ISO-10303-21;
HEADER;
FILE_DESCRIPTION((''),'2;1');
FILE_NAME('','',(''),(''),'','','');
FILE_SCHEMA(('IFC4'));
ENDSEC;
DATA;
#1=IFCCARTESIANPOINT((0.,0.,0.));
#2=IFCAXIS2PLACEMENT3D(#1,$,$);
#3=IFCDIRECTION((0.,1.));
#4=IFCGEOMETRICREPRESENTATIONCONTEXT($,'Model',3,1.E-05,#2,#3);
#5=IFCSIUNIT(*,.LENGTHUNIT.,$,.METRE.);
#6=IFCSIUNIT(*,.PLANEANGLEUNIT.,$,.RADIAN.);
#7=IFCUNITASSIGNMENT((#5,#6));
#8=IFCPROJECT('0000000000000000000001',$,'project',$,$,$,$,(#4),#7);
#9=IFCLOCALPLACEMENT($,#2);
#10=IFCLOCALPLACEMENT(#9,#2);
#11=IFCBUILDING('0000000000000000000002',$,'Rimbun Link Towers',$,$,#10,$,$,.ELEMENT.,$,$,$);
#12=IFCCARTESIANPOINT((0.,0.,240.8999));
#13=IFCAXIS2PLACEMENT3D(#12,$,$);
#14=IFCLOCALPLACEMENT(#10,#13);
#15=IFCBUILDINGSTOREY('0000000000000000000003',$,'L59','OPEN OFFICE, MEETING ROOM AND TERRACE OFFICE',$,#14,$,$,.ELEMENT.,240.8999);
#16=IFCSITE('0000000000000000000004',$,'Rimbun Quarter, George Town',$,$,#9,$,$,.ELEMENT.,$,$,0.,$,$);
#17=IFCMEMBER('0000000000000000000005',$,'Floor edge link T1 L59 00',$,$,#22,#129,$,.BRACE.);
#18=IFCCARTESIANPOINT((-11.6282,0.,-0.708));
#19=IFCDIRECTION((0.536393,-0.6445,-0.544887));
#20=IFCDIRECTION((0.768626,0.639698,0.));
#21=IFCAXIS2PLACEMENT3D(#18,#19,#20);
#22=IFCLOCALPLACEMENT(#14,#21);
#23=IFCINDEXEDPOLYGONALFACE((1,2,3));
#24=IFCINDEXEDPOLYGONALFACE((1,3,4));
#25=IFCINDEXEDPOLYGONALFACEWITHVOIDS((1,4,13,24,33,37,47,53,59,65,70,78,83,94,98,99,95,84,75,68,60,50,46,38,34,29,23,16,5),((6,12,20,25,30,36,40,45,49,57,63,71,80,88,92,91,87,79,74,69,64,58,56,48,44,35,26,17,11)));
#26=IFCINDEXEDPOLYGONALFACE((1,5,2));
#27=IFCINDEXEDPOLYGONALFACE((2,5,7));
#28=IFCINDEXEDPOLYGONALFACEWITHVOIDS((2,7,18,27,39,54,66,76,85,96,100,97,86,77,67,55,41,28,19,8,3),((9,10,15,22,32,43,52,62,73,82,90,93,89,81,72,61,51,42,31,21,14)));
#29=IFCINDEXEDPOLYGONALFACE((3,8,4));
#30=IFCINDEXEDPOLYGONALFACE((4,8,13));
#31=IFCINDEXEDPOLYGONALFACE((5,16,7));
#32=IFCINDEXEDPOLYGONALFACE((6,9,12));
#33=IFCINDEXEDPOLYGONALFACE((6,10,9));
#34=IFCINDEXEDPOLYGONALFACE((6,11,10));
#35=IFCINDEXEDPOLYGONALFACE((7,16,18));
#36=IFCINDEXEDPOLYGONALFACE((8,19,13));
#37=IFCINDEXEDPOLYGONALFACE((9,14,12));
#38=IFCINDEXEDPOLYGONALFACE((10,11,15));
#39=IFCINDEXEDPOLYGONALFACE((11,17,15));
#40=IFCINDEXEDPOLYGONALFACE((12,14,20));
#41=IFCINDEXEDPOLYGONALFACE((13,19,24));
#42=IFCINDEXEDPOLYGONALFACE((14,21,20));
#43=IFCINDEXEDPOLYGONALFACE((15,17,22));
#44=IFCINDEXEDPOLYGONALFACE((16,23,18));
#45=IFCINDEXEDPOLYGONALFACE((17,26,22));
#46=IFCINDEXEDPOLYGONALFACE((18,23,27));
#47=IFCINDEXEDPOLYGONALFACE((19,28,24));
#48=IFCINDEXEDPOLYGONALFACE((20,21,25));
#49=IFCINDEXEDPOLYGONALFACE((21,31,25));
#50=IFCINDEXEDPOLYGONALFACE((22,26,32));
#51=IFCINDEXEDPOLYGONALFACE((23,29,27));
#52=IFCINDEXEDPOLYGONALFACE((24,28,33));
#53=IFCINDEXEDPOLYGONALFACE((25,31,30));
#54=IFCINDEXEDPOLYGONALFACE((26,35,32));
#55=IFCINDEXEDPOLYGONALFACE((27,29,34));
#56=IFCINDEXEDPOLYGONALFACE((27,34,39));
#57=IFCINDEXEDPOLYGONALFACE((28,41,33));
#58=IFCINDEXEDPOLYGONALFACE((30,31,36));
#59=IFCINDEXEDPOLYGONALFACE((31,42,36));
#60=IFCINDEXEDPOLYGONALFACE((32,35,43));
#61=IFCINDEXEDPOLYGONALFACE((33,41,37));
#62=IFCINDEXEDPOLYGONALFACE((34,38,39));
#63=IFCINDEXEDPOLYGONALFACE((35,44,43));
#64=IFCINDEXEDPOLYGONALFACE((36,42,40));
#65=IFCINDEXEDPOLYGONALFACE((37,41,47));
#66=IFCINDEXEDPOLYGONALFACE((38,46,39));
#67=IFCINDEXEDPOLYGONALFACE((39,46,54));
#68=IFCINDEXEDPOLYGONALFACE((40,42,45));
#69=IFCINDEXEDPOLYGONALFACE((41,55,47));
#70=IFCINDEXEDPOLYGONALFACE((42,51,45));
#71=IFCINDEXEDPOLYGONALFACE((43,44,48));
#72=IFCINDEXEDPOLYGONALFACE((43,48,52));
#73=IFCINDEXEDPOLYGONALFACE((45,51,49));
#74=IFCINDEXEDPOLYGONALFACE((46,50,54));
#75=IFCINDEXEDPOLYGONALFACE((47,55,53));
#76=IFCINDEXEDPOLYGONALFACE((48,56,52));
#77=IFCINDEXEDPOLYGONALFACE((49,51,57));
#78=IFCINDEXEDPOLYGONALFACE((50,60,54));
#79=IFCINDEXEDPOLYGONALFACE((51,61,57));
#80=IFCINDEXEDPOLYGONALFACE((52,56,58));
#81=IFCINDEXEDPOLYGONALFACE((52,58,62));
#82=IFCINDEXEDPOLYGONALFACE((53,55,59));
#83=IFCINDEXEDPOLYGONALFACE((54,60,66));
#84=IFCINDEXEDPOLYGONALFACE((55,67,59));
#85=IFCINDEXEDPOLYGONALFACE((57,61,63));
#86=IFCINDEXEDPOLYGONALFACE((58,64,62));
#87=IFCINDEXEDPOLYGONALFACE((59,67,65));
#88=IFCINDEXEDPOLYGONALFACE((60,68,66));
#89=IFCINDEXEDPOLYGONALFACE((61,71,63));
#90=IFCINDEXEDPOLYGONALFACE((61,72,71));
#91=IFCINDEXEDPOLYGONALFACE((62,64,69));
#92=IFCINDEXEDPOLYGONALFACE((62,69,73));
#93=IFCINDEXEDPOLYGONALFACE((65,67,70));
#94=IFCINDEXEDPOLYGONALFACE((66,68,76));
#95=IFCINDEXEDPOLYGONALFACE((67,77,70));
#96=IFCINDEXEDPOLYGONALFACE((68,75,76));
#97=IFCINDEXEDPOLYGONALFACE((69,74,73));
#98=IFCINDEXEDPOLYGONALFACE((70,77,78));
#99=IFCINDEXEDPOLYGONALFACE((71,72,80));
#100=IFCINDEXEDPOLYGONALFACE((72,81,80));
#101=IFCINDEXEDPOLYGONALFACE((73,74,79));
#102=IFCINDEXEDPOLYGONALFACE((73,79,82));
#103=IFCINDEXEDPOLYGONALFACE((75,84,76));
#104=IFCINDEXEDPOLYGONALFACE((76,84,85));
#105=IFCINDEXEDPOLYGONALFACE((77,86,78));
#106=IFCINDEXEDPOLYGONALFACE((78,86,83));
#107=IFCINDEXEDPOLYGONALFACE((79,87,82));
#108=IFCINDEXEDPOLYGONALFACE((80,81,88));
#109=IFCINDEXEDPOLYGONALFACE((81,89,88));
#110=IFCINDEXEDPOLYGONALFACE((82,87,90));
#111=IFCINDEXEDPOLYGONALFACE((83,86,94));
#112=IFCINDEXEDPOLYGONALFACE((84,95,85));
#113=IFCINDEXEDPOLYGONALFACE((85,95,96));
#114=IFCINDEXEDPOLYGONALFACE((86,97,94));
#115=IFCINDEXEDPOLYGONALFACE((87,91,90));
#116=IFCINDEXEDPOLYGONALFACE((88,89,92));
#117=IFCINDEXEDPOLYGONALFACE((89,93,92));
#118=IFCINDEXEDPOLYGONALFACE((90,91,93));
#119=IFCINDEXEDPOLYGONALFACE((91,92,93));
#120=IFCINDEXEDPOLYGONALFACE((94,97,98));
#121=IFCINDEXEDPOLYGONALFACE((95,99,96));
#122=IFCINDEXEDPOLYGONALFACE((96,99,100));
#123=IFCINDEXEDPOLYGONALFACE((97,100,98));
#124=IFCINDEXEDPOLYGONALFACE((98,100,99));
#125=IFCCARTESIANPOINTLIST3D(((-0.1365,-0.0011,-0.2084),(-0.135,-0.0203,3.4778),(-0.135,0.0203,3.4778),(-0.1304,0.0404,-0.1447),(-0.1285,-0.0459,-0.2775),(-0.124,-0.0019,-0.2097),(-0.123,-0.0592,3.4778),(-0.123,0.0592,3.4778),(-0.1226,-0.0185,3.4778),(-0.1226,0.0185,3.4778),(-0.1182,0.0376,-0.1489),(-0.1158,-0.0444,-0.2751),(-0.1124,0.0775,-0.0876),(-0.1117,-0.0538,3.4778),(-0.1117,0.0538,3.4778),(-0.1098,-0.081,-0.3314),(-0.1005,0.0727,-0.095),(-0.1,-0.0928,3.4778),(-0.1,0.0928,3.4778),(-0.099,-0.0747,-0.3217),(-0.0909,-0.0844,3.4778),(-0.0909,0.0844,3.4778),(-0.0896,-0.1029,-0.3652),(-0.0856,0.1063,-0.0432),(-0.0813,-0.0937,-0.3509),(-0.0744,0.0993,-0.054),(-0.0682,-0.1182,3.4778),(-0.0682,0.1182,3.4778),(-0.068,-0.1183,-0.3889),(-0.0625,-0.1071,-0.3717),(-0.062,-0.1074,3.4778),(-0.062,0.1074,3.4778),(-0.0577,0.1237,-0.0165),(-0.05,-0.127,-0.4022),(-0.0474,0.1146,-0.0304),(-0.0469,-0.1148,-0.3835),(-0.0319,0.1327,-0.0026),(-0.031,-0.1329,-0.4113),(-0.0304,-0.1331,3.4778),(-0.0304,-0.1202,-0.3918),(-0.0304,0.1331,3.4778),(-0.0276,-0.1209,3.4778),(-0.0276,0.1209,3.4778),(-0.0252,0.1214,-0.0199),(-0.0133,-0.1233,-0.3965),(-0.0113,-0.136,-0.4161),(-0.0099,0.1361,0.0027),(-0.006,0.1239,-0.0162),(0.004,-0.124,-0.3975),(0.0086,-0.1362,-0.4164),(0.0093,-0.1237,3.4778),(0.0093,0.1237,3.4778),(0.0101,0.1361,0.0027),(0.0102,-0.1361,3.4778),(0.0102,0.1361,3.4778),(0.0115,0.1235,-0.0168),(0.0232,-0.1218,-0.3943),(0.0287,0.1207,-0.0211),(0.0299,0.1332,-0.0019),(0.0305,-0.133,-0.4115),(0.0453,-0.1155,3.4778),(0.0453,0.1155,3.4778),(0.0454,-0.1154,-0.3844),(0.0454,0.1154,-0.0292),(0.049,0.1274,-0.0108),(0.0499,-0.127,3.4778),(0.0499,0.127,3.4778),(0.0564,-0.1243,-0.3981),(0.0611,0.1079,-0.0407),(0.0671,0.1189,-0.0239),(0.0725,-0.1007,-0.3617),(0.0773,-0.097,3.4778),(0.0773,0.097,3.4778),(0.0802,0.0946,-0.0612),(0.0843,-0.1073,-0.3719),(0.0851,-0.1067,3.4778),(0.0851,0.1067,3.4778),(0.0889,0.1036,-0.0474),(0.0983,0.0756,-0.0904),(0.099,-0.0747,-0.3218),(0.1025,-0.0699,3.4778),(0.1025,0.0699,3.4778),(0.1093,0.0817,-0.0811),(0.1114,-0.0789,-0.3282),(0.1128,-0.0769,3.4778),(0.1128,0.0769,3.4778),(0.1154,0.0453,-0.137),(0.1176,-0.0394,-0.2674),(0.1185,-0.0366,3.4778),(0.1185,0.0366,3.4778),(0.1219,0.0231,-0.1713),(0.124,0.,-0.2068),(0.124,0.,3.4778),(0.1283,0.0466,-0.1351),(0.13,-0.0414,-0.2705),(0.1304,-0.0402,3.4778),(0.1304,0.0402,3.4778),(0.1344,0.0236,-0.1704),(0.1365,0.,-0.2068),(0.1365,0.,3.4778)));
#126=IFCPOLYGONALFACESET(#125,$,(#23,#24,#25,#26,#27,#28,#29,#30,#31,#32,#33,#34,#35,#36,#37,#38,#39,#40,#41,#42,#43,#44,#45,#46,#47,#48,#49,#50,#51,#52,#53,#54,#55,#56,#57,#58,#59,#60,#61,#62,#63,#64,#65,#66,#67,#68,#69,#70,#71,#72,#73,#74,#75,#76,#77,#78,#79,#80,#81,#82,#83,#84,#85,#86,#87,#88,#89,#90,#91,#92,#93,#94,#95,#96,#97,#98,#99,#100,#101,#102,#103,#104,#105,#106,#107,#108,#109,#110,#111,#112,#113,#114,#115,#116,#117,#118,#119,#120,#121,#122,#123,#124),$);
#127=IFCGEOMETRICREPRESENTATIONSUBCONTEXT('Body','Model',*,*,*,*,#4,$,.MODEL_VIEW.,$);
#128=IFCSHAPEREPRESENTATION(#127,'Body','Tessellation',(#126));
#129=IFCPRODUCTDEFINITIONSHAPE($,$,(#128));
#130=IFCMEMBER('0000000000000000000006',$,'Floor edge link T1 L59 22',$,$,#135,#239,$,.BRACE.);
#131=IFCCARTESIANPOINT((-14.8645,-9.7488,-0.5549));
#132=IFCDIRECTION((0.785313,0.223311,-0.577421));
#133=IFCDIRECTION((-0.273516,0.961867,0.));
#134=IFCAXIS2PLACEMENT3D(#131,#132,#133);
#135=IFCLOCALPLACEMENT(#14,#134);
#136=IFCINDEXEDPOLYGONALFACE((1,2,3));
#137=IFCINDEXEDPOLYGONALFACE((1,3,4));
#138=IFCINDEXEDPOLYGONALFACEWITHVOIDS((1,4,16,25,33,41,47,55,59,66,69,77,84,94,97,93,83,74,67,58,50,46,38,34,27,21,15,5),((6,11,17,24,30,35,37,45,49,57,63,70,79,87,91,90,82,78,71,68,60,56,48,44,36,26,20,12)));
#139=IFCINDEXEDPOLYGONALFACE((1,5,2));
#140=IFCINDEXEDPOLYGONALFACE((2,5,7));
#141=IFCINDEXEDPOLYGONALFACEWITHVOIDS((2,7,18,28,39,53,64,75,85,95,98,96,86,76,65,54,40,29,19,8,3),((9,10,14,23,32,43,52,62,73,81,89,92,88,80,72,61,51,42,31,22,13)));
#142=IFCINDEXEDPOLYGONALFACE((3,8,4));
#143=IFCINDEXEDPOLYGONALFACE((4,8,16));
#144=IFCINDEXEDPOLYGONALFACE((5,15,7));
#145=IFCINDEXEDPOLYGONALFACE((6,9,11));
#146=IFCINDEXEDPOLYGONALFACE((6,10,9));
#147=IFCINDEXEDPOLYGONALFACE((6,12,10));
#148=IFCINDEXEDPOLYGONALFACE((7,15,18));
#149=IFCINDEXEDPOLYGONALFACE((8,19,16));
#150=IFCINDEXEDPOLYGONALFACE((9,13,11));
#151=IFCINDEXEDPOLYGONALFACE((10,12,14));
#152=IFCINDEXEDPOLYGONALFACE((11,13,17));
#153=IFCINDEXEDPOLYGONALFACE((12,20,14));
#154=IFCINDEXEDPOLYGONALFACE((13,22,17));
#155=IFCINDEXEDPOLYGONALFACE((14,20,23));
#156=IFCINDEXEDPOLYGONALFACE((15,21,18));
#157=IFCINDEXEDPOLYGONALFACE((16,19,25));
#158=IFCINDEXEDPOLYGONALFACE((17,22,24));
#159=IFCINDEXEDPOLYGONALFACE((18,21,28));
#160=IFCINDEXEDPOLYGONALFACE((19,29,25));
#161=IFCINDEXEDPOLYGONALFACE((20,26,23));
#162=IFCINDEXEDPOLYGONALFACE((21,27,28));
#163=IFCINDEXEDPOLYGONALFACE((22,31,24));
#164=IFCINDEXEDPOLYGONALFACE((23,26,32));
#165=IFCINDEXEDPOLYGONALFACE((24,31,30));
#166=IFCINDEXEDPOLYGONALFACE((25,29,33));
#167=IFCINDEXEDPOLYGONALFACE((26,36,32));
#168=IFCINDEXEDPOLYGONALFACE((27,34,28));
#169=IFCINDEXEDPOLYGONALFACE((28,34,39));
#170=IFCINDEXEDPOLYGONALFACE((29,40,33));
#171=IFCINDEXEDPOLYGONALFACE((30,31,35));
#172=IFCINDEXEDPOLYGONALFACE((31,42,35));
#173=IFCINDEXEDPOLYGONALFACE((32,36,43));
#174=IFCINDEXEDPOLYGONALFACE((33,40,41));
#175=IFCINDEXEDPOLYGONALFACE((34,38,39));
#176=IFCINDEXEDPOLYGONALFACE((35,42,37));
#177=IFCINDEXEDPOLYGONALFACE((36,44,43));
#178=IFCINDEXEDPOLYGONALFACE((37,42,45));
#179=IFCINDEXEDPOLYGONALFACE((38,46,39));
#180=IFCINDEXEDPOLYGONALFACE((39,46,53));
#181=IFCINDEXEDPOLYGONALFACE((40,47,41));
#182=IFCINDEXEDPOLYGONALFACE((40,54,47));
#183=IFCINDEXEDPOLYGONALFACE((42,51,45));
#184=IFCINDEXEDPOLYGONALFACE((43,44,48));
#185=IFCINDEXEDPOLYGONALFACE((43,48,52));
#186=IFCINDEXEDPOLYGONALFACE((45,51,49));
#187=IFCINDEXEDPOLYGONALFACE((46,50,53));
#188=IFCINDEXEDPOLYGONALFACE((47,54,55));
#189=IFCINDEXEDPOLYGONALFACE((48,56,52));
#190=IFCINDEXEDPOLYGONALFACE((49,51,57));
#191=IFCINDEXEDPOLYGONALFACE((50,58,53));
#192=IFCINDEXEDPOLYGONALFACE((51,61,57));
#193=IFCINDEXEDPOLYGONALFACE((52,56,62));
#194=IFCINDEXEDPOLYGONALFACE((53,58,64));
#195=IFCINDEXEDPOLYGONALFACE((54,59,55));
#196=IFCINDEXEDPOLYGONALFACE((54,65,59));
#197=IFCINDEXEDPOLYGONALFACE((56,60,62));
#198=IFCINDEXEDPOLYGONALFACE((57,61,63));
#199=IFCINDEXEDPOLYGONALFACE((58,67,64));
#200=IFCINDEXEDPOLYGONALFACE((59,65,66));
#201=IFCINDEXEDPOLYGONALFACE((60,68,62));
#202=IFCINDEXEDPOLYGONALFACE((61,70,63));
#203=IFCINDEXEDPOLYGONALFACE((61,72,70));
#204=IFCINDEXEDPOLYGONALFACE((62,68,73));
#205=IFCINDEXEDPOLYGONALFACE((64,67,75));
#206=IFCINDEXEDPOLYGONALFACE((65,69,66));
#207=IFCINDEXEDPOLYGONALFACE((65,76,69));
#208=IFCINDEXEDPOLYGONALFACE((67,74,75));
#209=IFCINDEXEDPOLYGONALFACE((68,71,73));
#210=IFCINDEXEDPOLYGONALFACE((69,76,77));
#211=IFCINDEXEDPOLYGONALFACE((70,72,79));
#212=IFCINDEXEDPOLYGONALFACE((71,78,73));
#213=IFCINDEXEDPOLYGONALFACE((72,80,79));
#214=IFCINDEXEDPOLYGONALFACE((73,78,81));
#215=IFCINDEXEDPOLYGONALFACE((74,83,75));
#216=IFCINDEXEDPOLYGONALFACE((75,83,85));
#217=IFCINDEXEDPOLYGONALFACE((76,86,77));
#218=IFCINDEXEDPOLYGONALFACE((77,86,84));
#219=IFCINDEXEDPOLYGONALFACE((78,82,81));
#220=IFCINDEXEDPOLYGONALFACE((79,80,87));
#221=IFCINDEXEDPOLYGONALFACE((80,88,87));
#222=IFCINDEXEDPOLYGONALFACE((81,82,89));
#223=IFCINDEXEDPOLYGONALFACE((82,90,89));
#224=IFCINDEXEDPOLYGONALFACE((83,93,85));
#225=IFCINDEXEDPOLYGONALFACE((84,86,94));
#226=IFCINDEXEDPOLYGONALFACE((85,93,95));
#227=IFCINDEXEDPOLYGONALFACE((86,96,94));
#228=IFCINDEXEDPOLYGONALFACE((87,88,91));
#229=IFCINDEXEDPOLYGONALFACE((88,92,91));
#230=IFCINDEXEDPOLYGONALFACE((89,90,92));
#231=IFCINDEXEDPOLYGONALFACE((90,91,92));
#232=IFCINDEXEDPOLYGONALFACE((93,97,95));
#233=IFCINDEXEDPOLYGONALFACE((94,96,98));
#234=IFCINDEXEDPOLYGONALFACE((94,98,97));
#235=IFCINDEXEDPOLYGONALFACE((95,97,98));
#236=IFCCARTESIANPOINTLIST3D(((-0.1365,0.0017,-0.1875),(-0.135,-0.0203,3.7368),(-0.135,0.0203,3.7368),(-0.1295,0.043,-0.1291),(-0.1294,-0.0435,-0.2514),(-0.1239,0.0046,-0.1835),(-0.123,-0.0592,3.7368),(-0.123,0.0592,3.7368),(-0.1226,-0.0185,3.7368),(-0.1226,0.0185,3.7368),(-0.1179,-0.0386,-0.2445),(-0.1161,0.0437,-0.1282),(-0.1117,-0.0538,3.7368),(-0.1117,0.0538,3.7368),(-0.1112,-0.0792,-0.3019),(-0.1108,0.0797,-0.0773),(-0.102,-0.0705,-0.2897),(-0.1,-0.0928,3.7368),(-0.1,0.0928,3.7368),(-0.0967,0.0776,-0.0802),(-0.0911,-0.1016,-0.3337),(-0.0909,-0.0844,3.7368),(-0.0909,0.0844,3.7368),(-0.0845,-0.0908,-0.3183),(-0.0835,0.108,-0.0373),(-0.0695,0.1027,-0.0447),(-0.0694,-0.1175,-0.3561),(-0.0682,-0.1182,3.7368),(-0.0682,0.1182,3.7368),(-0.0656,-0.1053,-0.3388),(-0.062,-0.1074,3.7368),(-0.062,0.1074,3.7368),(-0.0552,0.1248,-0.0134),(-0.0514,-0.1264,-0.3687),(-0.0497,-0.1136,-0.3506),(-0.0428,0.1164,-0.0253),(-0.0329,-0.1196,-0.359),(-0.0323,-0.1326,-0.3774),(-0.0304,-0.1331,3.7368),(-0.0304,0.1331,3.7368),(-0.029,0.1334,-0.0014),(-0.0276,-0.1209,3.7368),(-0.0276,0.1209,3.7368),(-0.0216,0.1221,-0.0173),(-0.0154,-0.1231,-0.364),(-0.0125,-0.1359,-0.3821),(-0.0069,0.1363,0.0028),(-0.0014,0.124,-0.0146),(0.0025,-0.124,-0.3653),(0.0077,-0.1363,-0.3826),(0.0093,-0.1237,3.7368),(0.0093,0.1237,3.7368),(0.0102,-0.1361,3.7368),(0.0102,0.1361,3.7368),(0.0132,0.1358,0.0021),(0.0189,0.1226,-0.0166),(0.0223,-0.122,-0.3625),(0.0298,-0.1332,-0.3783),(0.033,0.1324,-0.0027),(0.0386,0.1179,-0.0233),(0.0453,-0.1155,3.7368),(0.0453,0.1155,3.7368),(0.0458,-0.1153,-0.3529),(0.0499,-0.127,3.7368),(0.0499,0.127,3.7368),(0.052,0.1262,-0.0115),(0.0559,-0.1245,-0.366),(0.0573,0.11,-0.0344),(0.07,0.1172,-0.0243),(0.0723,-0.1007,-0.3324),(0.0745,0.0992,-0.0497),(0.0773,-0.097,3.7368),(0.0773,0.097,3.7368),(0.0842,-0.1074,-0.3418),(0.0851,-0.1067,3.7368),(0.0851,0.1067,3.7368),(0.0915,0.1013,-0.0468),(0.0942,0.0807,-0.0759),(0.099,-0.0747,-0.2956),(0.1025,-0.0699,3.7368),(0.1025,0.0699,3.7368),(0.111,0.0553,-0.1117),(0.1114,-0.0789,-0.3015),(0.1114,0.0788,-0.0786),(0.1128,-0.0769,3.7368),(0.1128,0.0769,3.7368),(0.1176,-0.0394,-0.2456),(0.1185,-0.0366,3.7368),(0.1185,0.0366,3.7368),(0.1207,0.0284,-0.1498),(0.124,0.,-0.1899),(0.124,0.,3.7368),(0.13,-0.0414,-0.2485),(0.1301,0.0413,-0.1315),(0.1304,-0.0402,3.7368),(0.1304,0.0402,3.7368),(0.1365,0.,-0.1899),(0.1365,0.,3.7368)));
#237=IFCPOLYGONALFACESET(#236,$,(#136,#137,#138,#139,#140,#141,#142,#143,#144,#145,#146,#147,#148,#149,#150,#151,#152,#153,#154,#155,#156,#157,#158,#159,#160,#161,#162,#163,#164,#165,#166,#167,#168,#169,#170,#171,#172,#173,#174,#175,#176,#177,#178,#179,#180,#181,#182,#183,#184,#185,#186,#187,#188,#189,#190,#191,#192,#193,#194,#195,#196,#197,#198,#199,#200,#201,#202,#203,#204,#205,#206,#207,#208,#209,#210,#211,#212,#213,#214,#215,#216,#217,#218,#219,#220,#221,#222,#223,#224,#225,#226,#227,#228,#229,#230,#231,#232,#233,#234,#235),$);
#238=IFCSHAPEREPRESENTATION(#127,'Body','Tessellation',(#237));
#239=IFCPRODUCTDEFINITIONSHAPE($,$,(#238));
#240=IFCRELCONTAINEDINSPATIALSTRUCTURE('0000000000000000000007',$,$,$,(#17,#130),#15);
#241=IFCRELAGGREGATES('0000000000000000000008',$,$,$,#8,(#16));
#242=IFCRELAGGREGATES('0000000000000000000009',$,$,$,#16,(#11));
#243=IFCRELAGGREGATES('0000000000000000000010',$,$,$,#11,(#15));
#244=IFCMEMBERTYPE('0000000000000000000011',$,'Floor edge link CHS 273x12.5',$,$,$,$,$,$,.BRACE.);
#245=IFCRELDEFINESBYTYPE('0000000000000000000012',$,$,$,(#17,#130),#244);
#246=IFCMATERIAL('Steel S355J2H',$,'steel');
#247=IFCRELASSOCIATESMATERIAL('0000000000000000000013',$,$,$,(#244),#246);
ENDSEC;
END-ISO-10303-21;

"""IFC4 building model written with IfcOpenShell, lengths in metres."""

from ifc_helpers import new_model, si_unit, direction, frame, origin, origin_2d, place, context, subcontext, project, spatial, hollow_circle, extrude, clip, halfspace, material, material_profile, profile_set, type_object, element, save


model = new_model("IFC4")

# Units and contexts
model_context = context("Model", 3, precision=1e-05, world=origin(), true_north=direction((0.0, 1.0)))
body_context = subcontext(model_context, "Body", "Model", "MODEL_VIEW")
ifc_project = project(units=[si_unit("LENGTHUNIT", "METRE"), si_unit("PLANEANGLEUNIT", "RADIAN")], contexts=[model_context])

# Site, building, storey
site_placement = place(None, origin())
site = spatial("IfcSite", under=ifc_project, at=site_placement, Name="Rimbun Quarter, George Town", CompositionType="ELEMENT", RefElevation=0.0)
building_placement = place(site_placement, origin())
building = spatial("IfcBuilding", under=site, at=building_placement, Name="Rimbun Link Towers", CompositionType="ELEMENT")
storey_placement = place(building_placement, frame((0.0, 0.0, 240.8999)))
storey = spatial("IfcBuildingStorey", under=building, at=storey_placement, Name="L59", Description="OPEN OFFICE, MEETING ROOM AND TERRACE OFFICE", CompositionType="ELEMENT", Elevation=240.8999)

# Members
ifc_material_1 = material(Name="Steel S355J2H", Category="steel")
ifc_material_profile_1 = material_profile(ifc_material_1, hollow_circle(Radius=0.1365, WallThickness=0.0125, at=origin_2d()), Name="CHS 273x12.5")
ifc_profile_set_1 = profile_set([ifc_material_profile_1], Name="Steel S355J2H")
member_type_1 = type_object("IfcMemberType", Name="Floor edge link CHS 273x12.5", PredefinedType="BRACE", material=ifc_profile_set_1)
member_1_placement = place(storey_placement, frame((-11.6282, 0.0, -0.708), z_axis=(0.536393, -0.6445, -0.544887), x_axis=(0.768626, 0.639698, 0.0)))
element("IfcMember", 1, at=member_1_placement, inside=storey, type_object=member_type_1, Name="Floor edge link T1 L59 00", PredefinedType="BRACE", context=body_context, shape_type="Clipping", body=[
    clip(extrude(hollow_circle(Radius=0.1365, WallThickness=0.0125, at=origin_2d()), frame((0.0, 0.0, -0.4385)), (0.0, 0.0, 1.0), 3.9163), halfspace(frame((0.0, 0.0, -0.2068), z_axis=(0.0, 0.838509, -0.544887)), False)),
])
member_2_placement = place(storey_placement, frame((-14.8645, -9.7488, -0.5549), z_axis=(0.785313, 0.223311, -0.577421), x_axis=(-0.273516, 0.961867, 0.0)))
element("IfcMember", 2, at=member_2_placement, inside=storey, type_object=member_type_1, Name="Floor edge link T1 L59 22", PredefinedType="BRACE", context=body_context, shape_type="Clipping", body=[
    clip(extrude(hollow_circle(Radius=0.1365, WallThickness=0.0125, at=origin_2d()), frame((0.0, 0.0, -0.4033)), (0.0, 0.0, 1.0), 4.1401), halfspace(frame((0.0, 0.0, -0.1899), z_axis=(0.0, 0.816447, -0.577421)), False)),
])

save(model, "model.ifc")
